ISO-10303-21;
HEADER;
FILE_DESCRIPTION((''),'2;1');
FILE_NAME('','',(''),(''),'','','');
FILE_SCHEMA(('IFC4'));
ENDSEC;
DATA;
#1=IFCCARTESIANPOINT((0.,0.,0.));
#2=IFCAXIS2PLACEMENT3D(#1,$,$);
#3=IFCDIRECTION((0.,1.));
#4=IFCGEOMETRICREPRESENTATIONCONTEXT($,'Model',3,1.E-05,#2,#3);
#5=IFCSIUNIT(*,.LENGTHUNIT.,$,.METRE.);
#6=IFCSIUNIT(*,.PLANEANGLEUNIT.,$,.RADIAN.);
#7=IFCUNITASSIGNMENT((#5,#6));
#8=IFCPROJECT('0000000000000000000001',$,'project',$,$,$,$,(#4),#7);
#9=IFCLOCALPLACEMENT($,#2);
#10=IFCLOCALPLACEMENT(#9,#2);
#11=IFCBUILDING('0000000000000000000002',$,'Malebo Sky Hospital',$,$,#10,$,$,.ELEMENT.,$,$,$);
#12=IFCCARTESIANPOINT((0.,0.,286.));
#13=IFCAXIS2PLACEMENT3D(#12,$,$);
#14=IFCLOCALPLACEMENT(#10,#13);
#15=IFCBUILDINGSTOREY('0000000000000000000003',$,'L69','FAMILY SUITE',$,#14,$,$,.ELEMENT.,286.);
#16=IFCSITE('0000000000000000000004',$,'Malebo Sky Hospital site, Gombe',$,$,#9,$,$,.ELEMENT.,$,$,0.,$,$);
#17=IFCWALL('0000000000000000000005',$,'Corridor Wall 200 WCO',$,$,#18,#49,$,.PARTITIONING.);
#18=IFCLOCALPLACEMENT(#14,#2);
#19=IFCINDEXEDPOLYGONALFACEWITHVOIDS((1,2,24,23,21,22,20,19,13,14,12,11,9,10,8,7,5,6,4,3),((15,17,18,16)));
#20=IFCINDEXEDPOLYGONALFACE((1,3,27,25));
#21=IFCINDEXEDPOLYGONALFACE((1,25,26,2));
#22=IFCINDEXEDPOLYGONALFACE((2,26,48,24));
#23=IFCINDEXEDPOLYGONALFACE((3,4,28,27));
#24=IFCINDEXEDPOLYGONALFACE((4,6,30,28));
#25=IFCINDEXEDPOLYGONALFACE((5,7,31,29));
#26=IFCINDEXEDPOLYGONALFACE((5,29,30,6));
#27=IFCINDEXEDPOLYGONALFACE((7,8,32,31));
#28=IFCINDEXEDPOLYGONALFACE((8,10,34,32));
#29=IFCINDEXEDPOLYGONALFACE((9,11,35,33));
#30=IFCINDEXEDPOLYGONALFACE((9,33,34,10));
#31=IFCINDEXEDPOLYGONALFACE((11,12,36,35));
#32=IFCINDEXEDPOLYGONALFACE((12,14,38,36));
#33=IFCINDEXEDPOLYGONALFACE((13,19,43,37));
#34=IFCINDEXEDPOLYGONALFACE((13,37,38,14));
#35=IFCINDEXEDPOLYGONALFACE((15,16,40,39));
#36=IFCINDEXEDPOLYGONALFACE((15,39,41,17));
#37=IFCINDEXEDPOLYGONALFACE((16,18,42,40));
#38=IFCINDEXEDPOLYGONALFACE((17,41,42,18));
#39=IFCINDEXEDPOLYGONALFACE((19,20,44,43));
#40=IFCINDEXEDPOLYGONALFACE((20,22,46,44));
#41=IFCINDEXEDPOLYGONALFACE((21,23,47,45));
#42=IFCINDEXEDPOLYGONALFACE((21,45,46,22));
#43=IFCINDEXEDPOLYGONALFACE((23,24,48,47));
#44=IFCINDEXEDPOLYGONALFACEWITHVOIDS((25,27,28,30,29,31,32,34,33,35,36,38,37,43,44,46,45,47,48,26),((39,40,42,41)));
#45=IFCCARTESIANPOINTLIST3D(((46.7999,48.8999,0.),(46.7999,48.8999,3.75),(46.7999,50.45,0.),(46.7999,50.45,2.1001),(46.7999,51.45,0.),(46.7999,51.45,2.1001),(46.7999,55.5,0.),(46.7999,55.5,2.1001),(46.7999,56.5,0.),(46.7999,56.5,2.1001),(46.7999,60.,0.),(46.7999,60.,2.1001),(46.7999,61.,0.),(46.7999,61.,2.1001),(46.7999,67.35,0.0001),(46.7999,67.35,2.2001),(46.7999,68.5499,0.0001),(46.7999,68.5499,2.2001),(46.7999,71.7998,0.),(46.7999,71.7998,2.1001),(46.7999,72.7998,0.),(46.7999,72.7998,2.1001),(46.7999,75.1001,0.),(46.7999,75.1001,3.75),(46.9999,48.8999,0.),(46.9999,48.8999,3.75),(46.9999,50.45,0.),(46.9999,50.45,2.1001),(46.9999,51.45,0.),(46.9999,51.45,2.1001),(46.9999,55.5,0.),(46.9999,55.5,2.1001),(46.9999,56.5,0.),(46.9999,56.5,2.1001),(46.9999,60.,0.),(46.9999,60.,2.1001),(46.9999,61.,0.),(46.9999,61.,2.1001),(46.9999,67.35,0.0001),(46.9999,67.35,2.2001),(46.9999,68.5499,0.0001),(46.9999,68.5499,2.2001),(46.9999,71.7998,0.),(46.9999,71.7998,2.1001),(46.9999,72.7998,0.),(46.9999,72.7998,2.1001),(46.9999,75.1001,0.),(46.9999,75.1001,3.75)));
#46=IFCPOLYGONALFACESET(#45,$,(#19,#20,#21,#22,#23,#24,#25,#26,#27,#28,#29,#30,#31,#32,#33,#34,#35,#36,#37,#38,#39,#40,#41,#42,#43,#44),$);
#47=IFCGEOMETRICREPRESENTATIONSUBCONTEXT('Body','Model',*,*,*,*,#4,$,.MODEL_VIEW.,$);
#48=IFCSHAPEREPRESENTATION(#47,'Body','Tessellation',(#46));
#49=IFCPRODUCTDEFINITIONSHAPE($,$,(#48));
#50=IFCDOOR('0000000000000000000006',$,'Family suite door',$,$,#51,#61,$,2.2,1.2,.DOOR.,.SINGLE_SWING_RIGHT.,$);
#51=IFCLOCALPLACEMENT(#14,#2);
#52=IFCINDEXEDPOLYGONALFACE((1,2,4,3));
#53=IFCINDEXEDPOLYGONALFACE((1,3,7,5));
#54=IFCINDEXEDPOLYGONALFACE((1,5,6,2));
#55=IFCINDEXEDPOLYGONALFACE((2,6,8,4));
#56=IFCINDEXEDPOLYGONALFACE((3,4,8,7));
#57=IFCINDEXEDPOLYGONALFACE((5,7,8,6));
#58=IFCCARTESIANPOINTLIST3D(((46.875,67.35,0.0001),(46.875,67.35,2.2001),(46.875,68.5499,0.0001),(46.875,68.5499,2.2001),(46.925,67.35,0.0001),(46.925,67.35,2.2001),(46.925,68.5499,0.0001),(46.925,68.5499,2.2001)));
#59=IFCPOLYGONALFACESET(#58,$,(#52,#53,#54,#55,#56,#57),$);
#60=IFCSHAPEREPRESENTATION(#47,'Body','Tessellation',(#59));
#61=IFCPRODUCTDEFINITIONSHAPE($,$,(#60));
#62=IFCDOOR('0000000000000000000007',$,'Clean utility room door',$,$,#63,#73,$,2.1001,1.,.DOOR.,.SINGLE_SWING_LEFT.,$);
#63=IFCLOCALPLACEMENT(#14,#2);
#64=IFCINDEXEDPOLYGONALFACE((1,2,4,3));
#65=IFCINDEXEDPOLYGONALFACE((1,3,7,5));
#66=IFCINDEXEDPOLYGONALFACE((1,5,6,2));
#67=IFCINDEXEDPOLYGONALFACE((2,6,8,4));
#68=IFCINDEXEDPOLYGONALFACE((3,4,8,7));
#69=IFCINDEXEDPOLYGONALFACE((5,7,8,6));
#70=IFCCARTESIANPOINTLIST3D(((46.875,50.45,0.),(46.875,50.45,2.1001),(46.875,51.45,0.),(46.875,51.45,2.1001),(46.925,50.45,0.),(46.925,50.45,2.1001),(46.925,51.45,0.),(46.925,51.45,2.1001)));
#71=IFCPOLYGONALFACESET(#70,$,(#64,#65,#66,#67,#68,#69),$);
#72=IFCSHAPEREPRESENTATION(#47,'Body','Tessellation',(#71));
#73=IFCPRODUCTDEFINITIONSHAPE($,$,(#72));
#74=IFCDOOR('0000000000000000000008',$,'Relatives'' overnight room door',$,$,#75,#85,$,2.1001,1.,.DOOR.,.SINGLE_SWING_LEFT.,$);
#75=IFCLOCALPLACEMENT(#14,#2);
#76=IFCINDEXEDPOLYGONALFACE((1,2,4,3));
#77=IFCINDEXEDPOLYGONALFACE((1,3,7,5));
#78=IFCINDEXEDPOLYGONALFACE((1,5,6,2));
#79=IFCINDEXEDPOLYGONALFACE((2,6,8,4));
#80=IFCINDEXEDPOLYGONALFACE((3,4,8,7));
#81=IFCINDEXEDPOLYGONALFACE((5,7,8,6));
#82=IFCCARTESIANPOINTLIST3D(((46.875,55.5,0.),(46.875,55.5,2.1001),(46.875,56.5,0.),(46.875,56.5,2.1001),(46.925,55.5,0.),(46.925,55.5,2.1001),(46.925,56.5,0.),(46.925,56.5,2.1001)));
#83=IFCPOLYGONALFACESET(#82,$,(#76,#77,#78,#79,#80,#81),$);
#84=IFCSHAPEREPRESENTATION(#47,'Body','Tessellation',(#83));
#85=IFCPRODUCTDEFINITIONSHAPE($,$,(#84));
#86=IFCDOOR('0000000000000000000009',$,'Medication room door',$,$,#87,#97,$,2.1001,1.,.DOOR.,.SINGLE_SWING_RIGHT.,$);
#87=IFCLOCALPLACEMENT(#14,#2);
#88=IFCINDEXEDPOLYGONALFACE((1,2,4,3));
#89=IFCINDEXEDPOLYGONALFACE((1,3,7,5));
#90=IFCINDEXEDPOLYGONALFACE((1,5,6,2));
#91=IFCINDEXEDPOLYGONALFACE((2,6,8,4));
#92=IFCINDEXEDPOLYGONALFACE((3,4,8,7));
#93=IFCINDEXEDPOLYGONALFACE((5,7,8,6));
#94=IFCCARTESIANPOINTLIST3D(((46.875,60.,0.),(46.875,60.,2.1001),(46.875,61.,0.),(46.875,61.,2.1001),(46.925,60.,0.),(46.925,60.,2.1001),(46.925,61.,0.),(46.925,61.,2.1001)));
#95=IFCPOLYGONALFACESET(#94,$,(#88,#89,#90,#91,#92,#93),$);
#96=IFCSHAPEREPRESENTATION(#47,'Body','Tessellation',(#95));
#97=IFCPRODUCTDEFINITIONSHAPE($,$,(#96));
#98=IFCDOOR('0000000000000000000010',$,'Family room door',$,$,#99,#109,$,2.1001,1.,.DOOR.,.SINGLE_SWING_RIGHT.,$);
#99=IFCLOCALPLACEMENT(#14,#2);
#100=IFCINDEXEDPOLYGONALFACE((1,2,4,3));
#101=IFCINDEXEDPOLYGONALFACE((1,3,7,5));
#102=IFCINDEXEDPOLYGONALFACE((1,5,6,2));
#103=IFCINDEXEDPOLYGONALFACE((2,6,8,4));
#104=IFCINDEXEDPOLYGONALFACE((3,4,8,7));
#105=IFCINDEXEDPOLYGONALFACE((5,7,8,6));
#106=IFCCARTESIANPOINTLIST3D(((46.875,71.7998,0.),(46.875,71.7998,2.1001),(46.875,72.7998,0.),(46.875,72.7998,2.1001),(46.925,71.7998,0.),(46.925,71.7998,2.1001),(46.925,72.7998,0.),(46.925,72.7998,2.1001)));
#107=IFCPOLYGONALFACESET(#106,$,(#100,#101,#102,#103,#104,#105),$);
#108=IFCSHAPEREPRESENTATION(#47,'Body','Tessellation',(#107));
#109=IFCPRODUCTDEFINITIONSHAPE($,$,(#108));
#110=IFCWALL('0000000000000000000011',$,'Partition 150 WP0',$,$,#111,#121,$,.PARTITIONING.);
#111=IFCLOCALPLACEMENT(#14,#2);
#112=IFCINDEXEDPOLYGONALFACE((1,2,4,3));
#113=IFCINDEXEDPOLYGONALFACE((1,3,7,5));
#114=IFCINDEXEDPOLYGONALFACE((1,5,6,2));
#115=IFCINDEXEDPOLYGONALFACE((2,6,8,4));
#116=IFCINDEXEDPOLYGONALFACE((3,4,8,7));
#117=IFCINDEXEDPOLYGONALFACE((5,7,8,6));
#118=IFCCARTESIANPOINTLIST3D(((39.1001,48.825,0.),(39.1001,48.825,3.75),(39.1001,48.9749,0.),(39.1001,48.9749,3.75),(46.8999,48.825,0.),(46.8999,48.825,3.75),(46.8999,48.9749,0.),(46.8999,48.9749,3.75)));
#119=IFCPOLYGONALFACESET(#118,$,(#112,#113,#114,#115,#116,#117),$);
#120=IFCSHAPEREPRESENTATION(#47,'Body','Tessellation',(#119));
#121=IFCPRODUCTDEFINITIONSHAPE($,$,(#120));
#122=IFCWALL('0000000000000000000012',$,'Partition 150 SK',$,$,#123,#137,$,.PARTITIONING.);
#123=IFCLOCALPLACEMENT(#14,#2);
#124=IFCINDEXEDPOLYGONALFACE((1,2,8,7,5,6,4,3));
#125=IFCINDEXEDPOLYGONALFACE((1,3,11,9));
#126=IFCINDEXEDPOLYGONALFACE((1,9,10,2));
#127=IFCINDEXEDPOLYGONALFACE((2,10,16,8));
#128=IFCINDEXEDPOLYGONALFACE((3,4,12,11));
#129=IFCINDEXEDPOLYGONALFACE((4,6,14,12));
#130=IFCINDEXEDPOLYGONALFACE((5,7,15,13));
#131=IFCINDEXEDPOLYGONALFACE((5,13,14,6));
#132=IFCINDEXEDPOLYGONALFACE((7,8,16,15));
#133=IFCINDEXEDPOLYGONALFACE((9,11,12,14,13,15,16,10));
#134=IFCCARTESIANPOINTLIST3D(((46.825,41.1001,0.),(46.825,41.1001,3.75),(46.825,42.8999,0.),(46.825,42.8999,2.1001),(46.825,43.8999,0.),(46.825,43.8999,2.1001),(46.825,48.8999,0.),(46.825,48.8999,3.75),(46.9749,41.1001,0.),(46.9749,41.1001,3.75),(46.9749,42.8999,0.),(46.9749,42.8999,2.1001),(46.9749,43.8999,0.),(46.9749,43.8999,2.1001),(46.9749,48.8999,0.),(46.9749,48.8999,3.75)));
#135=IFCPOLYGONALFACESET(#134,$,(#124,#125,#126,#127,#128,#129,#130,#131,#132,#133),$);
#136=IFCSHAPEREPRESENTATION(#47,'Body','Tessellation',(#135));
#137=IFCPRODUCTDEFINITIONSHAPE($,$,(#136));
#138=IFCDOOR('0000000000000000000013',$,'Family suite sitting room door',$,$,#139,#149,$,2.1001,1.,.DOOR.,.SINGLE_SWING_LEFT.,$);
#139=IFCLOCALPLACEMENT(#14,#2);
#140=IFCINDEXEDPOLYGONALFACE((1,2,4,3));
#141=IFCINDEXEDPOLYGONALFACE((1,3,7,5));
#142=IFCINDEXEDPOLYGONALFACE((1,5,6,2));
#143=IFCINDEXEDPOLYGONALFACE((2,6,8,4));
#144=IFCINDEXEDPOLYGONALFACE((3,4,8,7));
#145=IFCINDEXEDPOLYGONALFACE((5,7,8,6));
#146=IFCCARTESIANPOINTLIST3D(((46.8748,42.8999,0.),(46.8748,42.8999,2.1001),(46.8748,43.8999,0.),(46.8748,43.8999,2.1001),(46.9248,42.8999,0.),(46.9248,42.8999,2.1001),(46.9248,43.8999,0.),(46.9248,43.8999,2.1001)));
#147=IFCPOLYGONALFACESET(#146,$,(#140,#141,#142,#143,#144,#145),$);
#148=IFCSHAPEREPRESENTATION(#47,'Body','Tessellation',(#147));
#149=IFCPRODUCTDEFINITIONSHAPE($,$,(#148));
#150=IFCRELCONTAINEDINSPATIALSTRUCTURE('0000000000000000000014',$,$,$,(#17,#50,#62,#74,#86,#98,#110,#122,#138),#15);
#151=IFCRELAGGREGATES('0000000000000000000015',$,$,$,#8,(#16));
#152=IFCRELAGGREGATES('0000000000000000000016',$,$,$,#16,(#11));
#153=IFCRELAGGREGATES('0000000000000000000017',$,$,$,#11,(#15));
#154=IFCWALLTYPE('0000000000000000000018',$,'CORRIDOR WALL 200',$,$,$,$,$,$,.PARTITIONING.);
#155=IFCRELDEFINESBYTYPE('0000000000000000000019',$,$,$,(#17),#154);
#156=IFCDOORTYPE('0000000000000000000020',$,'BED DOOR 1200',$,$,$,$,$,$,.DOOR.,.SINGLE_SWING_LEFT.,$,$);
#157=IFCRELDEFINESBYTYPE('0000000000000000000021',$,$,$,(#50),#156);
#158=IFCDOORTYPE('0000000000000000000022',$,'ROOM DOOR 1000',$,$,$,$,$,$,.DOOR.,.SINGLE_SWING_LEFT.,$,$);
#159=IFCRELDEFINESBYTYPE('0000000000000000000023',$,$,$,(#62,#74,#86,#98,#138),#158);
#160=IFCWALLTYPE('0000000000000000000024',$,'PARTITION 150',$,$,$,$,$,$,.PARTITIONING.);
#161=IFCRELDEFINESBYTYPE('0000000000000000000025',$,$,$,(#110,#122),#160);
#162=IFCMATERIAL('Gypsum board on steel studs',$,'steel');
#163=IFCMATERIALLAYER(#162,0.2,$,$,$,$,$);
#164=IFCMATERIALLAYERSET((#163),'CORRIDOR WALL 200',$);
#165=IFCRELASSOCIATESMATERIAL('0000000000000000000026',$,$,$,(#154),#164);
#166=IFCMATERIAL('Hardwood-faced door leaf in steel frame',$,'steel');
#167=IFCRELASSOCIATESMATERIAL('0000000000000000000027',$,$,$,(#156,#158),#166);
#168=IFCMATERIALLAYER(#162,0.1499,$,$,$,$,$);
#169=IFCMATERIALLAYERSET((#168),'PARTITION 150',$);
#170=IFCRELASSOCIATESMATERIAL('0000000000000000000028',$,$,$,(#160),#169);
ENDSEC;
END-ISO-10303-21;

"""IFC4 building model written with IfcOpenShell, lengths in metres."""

from ifc_helpers import new_model, si_unit, direction, frame, frame_2d, origin, place, context, subcontext, project, spatial, rectangle, extrude, material, layer, layer_set, type_object, element, fill, save


model = new_model("IFC4")

# Units and contexts
model_context = context("Model", 3, precision=1e-05, world=origin(), true_north=direction((0.0, 1.0)))
body_context = subcontext(model_context, "Body", "Model", "MODEL_VIEW")
ifc_project = project(units=[si_unit("LENGTHUNIT", "METRE"), si_unit("PLANEANGLEUNIT", "RADIAN")], contexts=[model_context])

# Site, building, storey
site_placement = place(None, origin())
site = spatial("IfcSite", under=ifc_project, at=site_placement, Name="Malebo Sky Hospital site, Gombe", CompositionType="ELEMENT", RefElevation=0.0)
building_placement = place(site_placement, origin())
building = spatial("IfcBuilding", under=site, at=building_placement, Name="Malebo Sky Hospital", CompositionType="ELEMENT")
storey_placement = place(building_placement, frame((0.0, 0.0, 286.0)))
storey = spatial("IfcBuildingStorey", under=building, at=storey_placement, Name="L69", Description="FAMILY SUITE", CompositionType="ELEMENT", Elevation=286.0)

# Wall, openings, doors
ifc_material_1 = material(Name="Gypsum board on steel studs", Category="steel")
ifc_layer_1 = layer(ifc_material_1, 0.2)
ifc_layer_set_1 = layer_set([ifc_layer_1], Name="CORRIDOR WALL 200")
wall_type_1 = type_object("IfcWallType", Name="CORRIDOR WALL 200", PredefinedType="PARTITIONING", material=ifc_layer_set_1)
wall_1_placement = place(storey_placement, frame((46.8999, 48.8999, 0.0), z_axis=(0.0, 0.0, 1.0), x_axis=(0.0, 1.0, 0.0)))
wall_1 = element("IfcWall", 1, at=wall_1_placement, inside=storey, type_object=wall_type_1, Name="Corridor Wall 200 WCO", PredefinedType="PARTITIONING", context=body_context, shape_type="SweptSolid", body=[
    extrude(rectangle(XDim=26.2002, YDim=0.2, at=frame_2d((13.1001, 0.0))), origin(), (0.0, 0.0, 1.0), 3.75),
])
opening_1_placement = place(wall_1_placement, frame((1.55, 0.0, 0.0)))
opening_1 = element("IfcOpeningElement", 2, at=opening_1_placement, cuts=wall_1, PredefinedType="OPENING", context=body_context, shape_type="SweptSolid", body=[
    extrude(rectangle(XDim=1.0, YDim=2.1001, at=frame_2d((0.5, 1.05))), frame((0.0, 0.1099, 0.0), z_axis=(0.0, -1.0, 0.0), x_axis=(1.0, 0.0, 0.0)), (0.0, 0.0, 1.0), 0.22),
])
opening_2_placement = place(wall_1_placement, frame((6.6001, 0.0, 0.0)))
opening_2 = element("IfcOpeningElement", 3, at=opening_2_placement, cuts=wall_1, PredefinedType="OPENING", context=body_context, shape_type="SweptSolid", body=[
    extrude(rectangle(XDim=1.0, YDim=2.1001, at=frame_2d((0.5, 1.05))), frame((0.0, 0.1099, 0.0), z_axis=(0.0, -1.0, 0.0), x_axis=(1.0, 0.0, 0.0)), (0.0, 0.0, 1.0), 0.22),
])
opening_3_placement = place(wall_1_placement, frame((11.1001, 0.0, 0.0)))
opening_3 = element("IfcOpeningElement", 4, at=opening_3_placement, cuts=wall_1, PredefinedType="OPENING", context=body_context, shape_type="SweptSolid", body=[
    extrude(rectangle(XDim=1.0, YDim=2.1001, at=frame_2d((0.5, 1.05))), frame((0.0, 0.1099, 0.0), z_axis=(0.0, -1.0, 0.0), x_axis=(1.0, 0.0, 0.0)), (0.0, 0.0, 1.0), 0.22),
])
opening_4_placement = place(wall_1_placement, frame((18.45, 0.0, 0.0)))
opening_4 = element("IfcOpeningElement", 5, at=opening_4_placement, cuts=wall_1, PredefinedType="OPENING", context=body_context, shape_type="SweptSolid", body=[
    extrude(rectangle(XDim=1.2, YDim=2.2, at=frame_2d((0.6001, 1.1001))), frame((0.0, 0.1099, 0.0), z_axis=(0.0, -1.0, 0.0), x_axis=(1.0, 0.0, 0.0)), (0.0, 0.0, 1.0), 0.22),
])
opening_5_placement = place(wall_1_placement, frame((22.8999, 0.0, 0.0)))
opening_5 = element("IfcOpeningElement", 6, at=opening_5_placement, cuts=wall_1, PredefinedType="OPENING", context=body_context, shape_type="SweptSolid", body=[
    extrude(rectangle(XDim=1.0, YDim=2.1001, at=frame_2d((0.5, 1.05))), frame((0.0, 0.1099, 0.0), z_axis=(0.0, -1.0, 0.0), x_axis=(1.0, 0.0, 0.0)), (0.0, 0.0, 1.0), 0.22),
])
ifc_material_2 = material(Name="Hardwood-faced door leaf in steel frame", Category="steel")
door_type_1 = type_object("IfcDoorType", Name="BED DOOR 1200", OperationType="SINGLE_SWING_LEFT", PredefinedType="DOOR", material=ifc_material_2)
door_1_placement = place(opening_4_placement, origin())
door_1 = element("IfcDoor", 7, at=door_1_placement, inside=storey, type_object=door_type_1, Name="Family suite door", OperationType="SINGLE_SWING_RIGHT", OverallHeight=2.2, OverallWidth=1.2, PredefinedType="DOOR", context=body_context, shape_type="SweptSolid", body=[
    extrude(rectangle(XDim=1.2, YDim=2.2, at=frame_2d((0.6001, 1.1001))), frame((0.0, 0.0249, 0.0), z_axis=(0.0, -1.0, 0.0), x_axis=(1.0, 0.0, 0.0)), (0.0, 0.0, 1.0), 0.05),
])
fill(opening_4, door_1)
door_type_2 = type_object("IfcDoorType", Name="ROOM DOOR 1000", OperationType="SINGLE_SWING_LEFT", PredefinedType="DOOR", material=ifc_material_2)
door_2_placement = place(opening_1_placement, origin())
door_2 = element("IfcDoor", 8, at=door_2_placement, inside=storey, type_object=door_type_2, Name="Clean utility room door", OperationType="SINGLE_SWING_LEFT", OverallHeight=2.1001, OverallWidth=1.0, PredefinedType="DOOR", context=body_context, shape_type="SweptSolid", body=[
    extrude(rectangle(XDim=1.0, YDim=2.1001, at=frame_2d((0.5, 1.05))), frame((0.0, 0.0249, 0.0), z_axis=(0.0, -1.0, 0.0), x_axis=(1.0, 0.0, 0.0)), (0.0, 0.0, 1.0), 0.05),
])
fill(opening_1, door_2)
door_3_placement = place(opening_2_placement, origin())
door_3 = element("IfcDoor", 9, at=door_3_placement, inside=storey, type_object=door_type_2, Name="Relatives' overnight room door", OperationType="SINGLE_SWING_LEFT", OverallHeight=2.1001, OverallWidth=1.0, PredefinedType="DOOR", context=body_context, shape_type="SweptSolid", body=[
    extrude(rectangle(XDim=1.0, YDim=2.1001, at=frame_2d((0.5, 1.05))), frame((0.0, 0.0249, 0.0), z_axis=(0.0, -1.0, 0.0), x_axis=(1.0, 0.0, 0.0)), (0.0, 0.0, 1.0), 0.05),
])
fill(opening_2, door_3)
door_4_placement = place(opening_3_placement, origin())
door_4 = element("IfcDoor", 10, at=door_4_placement, inside=storey, type_object=door_type_2, Name="Medication room door", OperationType="SINGLE_SWING_RIGHT", OverallHeight=2.1001, OverallWidth=1.0, PredefinedType="DOOR", context=body_context, shape_type="SweptSolid", body=[
    extrude(rectangle(XDim=1.0, YDim=2.1001, at=frame_2d((0.5, 1.05))), frame((0.0, 0.0249, 0.0), z_axis=(0.0, -1.0, 0.0), x_axis=(1.0, 0.0, 0.0)), (0.0, 0.0, 1.0), 0.05),
])
fill(opening_3, door_4)
door_5_placement = place(opening_5_placement, origin())
door_5 = element("IfcDoor", 11, at=door_5_placement, inside=storey, type_object=door_type_2, Name="Family room door", OperationType="SINGLE_SWING_RIGHT", OverallHeight=2.1001, OverallWidth=1.0, PredefinedType="DOOR", context=body_context, shape_type="SweptSolid", body=[
    extrude(rectangle(XDim=1.0, YDim=2.1001, at=frame_2d((0.5, 1.05))), frame((0.0, 0.0249, 0.0), z_axis=(0.0, -1.0, 0.0), x_axis=(1.0, 0.0, 0.0)), (0.0, 0.0, 1.0), 0.05),
])
fill(opening_5, door_5)

# Wall
ifc_layer_2 = layer(ifc_material_1, 0.1499)
ifc_layer_set_2 = layer_set([ifc_layer_2], Name="PARTITION 150")
wall_type_2 = type_object("IfcWallType", Name="PARTITION 150", PredefinedType="PARTITIONING", material=ifc_layer_set_2)
wall_2_placement = place(storey_placement, frame((46.8999, 48.8999, 0.0), z_axis=(0.0, 0.0, 1.0), x_axis=(-1.0, 0.0, 0.0)))
element("IfcWall", 12, at=wall_2_placement, inside=storey, type_object=wall_type_2, Name="Partition 150 WP0", PredefinedType="PARTITIONING", context=body_context, shape_type="SweptSolid", body=[
    extrude(rectangle(XDim=7.7998, YDim=0.1499, at=frame_2d((3.8999, 0.0))), origin(), (0.0, 0.0, 1.0), 3.75),
])

# Wall, opening, door
wall_3_placement = place(storey_placement, frame((46.8999, 48.8999, 0.0), z_axis=(0.0, 0.0, 1.0), x_axis=(0.0, -1.0, 0.0)))
wall_3 = element("IfcWall", 13, at=wall_3_placement, inside=storey, type_object=wall_type_2, Name="Partition 150 SK", PredefinedType="PARTITIONING", context=body_context, shape_type="SweptSolid", body=[
    extrude(rectangle(XDim=7.7998, YDim=0.1499, at=frame_2d((3.8999, 0.0))), origin(), (0.0, 0.0, 1.0), 3.75),
])
opening_6_placement = place(wall_3_placement, frame((5.0, 0.0, 0.0)))
opening_6 = element("IfcOpeningElement", 14, at=opening_6_placement, cuts=wall_3, PredefinedType="OPENING", context=body_context, shape_type="SweptSolid", body=[
    extrude(rectangle(XDim=1.0, YDim=2.1001, at=frame_2d((0.5, 1.05))), frame((0.0, 0.085, 0.0), z_axis=(0.0, -1.0, 0.0), x_axis=(1.0, 0.0, 0.0)), (0.0, 0.0, 1.0), 0.1699),
])
door_6_placement = place(opening_6_placement, origin())
door_6 = element("IfcDoor", 15, at=door_6_placement, inside=storey, type_object=door_type_2, Name="Family suite sitting room door", OperationType="SINGLE_SWING_LEFT", OverallHeight=2.1001, OverallWidth=1.0, PredefinedType="DOOR", context=body_context, shape_type="SweptSolid", body=[
    extrude(rectangle(XDim=1.0, YDim=2.1001, at=frame_2d((0.5, 1.05))), frame((0.0, 0.0249, 0.0), z_axis=(0.0, -1.0, 0.0), x_axis=(1.0, 0.0, 0.0)), (0.0, 0.0, 1.0), 0.05),
])
fill(opening_6, door_6)

save(model, "model.ifc")
